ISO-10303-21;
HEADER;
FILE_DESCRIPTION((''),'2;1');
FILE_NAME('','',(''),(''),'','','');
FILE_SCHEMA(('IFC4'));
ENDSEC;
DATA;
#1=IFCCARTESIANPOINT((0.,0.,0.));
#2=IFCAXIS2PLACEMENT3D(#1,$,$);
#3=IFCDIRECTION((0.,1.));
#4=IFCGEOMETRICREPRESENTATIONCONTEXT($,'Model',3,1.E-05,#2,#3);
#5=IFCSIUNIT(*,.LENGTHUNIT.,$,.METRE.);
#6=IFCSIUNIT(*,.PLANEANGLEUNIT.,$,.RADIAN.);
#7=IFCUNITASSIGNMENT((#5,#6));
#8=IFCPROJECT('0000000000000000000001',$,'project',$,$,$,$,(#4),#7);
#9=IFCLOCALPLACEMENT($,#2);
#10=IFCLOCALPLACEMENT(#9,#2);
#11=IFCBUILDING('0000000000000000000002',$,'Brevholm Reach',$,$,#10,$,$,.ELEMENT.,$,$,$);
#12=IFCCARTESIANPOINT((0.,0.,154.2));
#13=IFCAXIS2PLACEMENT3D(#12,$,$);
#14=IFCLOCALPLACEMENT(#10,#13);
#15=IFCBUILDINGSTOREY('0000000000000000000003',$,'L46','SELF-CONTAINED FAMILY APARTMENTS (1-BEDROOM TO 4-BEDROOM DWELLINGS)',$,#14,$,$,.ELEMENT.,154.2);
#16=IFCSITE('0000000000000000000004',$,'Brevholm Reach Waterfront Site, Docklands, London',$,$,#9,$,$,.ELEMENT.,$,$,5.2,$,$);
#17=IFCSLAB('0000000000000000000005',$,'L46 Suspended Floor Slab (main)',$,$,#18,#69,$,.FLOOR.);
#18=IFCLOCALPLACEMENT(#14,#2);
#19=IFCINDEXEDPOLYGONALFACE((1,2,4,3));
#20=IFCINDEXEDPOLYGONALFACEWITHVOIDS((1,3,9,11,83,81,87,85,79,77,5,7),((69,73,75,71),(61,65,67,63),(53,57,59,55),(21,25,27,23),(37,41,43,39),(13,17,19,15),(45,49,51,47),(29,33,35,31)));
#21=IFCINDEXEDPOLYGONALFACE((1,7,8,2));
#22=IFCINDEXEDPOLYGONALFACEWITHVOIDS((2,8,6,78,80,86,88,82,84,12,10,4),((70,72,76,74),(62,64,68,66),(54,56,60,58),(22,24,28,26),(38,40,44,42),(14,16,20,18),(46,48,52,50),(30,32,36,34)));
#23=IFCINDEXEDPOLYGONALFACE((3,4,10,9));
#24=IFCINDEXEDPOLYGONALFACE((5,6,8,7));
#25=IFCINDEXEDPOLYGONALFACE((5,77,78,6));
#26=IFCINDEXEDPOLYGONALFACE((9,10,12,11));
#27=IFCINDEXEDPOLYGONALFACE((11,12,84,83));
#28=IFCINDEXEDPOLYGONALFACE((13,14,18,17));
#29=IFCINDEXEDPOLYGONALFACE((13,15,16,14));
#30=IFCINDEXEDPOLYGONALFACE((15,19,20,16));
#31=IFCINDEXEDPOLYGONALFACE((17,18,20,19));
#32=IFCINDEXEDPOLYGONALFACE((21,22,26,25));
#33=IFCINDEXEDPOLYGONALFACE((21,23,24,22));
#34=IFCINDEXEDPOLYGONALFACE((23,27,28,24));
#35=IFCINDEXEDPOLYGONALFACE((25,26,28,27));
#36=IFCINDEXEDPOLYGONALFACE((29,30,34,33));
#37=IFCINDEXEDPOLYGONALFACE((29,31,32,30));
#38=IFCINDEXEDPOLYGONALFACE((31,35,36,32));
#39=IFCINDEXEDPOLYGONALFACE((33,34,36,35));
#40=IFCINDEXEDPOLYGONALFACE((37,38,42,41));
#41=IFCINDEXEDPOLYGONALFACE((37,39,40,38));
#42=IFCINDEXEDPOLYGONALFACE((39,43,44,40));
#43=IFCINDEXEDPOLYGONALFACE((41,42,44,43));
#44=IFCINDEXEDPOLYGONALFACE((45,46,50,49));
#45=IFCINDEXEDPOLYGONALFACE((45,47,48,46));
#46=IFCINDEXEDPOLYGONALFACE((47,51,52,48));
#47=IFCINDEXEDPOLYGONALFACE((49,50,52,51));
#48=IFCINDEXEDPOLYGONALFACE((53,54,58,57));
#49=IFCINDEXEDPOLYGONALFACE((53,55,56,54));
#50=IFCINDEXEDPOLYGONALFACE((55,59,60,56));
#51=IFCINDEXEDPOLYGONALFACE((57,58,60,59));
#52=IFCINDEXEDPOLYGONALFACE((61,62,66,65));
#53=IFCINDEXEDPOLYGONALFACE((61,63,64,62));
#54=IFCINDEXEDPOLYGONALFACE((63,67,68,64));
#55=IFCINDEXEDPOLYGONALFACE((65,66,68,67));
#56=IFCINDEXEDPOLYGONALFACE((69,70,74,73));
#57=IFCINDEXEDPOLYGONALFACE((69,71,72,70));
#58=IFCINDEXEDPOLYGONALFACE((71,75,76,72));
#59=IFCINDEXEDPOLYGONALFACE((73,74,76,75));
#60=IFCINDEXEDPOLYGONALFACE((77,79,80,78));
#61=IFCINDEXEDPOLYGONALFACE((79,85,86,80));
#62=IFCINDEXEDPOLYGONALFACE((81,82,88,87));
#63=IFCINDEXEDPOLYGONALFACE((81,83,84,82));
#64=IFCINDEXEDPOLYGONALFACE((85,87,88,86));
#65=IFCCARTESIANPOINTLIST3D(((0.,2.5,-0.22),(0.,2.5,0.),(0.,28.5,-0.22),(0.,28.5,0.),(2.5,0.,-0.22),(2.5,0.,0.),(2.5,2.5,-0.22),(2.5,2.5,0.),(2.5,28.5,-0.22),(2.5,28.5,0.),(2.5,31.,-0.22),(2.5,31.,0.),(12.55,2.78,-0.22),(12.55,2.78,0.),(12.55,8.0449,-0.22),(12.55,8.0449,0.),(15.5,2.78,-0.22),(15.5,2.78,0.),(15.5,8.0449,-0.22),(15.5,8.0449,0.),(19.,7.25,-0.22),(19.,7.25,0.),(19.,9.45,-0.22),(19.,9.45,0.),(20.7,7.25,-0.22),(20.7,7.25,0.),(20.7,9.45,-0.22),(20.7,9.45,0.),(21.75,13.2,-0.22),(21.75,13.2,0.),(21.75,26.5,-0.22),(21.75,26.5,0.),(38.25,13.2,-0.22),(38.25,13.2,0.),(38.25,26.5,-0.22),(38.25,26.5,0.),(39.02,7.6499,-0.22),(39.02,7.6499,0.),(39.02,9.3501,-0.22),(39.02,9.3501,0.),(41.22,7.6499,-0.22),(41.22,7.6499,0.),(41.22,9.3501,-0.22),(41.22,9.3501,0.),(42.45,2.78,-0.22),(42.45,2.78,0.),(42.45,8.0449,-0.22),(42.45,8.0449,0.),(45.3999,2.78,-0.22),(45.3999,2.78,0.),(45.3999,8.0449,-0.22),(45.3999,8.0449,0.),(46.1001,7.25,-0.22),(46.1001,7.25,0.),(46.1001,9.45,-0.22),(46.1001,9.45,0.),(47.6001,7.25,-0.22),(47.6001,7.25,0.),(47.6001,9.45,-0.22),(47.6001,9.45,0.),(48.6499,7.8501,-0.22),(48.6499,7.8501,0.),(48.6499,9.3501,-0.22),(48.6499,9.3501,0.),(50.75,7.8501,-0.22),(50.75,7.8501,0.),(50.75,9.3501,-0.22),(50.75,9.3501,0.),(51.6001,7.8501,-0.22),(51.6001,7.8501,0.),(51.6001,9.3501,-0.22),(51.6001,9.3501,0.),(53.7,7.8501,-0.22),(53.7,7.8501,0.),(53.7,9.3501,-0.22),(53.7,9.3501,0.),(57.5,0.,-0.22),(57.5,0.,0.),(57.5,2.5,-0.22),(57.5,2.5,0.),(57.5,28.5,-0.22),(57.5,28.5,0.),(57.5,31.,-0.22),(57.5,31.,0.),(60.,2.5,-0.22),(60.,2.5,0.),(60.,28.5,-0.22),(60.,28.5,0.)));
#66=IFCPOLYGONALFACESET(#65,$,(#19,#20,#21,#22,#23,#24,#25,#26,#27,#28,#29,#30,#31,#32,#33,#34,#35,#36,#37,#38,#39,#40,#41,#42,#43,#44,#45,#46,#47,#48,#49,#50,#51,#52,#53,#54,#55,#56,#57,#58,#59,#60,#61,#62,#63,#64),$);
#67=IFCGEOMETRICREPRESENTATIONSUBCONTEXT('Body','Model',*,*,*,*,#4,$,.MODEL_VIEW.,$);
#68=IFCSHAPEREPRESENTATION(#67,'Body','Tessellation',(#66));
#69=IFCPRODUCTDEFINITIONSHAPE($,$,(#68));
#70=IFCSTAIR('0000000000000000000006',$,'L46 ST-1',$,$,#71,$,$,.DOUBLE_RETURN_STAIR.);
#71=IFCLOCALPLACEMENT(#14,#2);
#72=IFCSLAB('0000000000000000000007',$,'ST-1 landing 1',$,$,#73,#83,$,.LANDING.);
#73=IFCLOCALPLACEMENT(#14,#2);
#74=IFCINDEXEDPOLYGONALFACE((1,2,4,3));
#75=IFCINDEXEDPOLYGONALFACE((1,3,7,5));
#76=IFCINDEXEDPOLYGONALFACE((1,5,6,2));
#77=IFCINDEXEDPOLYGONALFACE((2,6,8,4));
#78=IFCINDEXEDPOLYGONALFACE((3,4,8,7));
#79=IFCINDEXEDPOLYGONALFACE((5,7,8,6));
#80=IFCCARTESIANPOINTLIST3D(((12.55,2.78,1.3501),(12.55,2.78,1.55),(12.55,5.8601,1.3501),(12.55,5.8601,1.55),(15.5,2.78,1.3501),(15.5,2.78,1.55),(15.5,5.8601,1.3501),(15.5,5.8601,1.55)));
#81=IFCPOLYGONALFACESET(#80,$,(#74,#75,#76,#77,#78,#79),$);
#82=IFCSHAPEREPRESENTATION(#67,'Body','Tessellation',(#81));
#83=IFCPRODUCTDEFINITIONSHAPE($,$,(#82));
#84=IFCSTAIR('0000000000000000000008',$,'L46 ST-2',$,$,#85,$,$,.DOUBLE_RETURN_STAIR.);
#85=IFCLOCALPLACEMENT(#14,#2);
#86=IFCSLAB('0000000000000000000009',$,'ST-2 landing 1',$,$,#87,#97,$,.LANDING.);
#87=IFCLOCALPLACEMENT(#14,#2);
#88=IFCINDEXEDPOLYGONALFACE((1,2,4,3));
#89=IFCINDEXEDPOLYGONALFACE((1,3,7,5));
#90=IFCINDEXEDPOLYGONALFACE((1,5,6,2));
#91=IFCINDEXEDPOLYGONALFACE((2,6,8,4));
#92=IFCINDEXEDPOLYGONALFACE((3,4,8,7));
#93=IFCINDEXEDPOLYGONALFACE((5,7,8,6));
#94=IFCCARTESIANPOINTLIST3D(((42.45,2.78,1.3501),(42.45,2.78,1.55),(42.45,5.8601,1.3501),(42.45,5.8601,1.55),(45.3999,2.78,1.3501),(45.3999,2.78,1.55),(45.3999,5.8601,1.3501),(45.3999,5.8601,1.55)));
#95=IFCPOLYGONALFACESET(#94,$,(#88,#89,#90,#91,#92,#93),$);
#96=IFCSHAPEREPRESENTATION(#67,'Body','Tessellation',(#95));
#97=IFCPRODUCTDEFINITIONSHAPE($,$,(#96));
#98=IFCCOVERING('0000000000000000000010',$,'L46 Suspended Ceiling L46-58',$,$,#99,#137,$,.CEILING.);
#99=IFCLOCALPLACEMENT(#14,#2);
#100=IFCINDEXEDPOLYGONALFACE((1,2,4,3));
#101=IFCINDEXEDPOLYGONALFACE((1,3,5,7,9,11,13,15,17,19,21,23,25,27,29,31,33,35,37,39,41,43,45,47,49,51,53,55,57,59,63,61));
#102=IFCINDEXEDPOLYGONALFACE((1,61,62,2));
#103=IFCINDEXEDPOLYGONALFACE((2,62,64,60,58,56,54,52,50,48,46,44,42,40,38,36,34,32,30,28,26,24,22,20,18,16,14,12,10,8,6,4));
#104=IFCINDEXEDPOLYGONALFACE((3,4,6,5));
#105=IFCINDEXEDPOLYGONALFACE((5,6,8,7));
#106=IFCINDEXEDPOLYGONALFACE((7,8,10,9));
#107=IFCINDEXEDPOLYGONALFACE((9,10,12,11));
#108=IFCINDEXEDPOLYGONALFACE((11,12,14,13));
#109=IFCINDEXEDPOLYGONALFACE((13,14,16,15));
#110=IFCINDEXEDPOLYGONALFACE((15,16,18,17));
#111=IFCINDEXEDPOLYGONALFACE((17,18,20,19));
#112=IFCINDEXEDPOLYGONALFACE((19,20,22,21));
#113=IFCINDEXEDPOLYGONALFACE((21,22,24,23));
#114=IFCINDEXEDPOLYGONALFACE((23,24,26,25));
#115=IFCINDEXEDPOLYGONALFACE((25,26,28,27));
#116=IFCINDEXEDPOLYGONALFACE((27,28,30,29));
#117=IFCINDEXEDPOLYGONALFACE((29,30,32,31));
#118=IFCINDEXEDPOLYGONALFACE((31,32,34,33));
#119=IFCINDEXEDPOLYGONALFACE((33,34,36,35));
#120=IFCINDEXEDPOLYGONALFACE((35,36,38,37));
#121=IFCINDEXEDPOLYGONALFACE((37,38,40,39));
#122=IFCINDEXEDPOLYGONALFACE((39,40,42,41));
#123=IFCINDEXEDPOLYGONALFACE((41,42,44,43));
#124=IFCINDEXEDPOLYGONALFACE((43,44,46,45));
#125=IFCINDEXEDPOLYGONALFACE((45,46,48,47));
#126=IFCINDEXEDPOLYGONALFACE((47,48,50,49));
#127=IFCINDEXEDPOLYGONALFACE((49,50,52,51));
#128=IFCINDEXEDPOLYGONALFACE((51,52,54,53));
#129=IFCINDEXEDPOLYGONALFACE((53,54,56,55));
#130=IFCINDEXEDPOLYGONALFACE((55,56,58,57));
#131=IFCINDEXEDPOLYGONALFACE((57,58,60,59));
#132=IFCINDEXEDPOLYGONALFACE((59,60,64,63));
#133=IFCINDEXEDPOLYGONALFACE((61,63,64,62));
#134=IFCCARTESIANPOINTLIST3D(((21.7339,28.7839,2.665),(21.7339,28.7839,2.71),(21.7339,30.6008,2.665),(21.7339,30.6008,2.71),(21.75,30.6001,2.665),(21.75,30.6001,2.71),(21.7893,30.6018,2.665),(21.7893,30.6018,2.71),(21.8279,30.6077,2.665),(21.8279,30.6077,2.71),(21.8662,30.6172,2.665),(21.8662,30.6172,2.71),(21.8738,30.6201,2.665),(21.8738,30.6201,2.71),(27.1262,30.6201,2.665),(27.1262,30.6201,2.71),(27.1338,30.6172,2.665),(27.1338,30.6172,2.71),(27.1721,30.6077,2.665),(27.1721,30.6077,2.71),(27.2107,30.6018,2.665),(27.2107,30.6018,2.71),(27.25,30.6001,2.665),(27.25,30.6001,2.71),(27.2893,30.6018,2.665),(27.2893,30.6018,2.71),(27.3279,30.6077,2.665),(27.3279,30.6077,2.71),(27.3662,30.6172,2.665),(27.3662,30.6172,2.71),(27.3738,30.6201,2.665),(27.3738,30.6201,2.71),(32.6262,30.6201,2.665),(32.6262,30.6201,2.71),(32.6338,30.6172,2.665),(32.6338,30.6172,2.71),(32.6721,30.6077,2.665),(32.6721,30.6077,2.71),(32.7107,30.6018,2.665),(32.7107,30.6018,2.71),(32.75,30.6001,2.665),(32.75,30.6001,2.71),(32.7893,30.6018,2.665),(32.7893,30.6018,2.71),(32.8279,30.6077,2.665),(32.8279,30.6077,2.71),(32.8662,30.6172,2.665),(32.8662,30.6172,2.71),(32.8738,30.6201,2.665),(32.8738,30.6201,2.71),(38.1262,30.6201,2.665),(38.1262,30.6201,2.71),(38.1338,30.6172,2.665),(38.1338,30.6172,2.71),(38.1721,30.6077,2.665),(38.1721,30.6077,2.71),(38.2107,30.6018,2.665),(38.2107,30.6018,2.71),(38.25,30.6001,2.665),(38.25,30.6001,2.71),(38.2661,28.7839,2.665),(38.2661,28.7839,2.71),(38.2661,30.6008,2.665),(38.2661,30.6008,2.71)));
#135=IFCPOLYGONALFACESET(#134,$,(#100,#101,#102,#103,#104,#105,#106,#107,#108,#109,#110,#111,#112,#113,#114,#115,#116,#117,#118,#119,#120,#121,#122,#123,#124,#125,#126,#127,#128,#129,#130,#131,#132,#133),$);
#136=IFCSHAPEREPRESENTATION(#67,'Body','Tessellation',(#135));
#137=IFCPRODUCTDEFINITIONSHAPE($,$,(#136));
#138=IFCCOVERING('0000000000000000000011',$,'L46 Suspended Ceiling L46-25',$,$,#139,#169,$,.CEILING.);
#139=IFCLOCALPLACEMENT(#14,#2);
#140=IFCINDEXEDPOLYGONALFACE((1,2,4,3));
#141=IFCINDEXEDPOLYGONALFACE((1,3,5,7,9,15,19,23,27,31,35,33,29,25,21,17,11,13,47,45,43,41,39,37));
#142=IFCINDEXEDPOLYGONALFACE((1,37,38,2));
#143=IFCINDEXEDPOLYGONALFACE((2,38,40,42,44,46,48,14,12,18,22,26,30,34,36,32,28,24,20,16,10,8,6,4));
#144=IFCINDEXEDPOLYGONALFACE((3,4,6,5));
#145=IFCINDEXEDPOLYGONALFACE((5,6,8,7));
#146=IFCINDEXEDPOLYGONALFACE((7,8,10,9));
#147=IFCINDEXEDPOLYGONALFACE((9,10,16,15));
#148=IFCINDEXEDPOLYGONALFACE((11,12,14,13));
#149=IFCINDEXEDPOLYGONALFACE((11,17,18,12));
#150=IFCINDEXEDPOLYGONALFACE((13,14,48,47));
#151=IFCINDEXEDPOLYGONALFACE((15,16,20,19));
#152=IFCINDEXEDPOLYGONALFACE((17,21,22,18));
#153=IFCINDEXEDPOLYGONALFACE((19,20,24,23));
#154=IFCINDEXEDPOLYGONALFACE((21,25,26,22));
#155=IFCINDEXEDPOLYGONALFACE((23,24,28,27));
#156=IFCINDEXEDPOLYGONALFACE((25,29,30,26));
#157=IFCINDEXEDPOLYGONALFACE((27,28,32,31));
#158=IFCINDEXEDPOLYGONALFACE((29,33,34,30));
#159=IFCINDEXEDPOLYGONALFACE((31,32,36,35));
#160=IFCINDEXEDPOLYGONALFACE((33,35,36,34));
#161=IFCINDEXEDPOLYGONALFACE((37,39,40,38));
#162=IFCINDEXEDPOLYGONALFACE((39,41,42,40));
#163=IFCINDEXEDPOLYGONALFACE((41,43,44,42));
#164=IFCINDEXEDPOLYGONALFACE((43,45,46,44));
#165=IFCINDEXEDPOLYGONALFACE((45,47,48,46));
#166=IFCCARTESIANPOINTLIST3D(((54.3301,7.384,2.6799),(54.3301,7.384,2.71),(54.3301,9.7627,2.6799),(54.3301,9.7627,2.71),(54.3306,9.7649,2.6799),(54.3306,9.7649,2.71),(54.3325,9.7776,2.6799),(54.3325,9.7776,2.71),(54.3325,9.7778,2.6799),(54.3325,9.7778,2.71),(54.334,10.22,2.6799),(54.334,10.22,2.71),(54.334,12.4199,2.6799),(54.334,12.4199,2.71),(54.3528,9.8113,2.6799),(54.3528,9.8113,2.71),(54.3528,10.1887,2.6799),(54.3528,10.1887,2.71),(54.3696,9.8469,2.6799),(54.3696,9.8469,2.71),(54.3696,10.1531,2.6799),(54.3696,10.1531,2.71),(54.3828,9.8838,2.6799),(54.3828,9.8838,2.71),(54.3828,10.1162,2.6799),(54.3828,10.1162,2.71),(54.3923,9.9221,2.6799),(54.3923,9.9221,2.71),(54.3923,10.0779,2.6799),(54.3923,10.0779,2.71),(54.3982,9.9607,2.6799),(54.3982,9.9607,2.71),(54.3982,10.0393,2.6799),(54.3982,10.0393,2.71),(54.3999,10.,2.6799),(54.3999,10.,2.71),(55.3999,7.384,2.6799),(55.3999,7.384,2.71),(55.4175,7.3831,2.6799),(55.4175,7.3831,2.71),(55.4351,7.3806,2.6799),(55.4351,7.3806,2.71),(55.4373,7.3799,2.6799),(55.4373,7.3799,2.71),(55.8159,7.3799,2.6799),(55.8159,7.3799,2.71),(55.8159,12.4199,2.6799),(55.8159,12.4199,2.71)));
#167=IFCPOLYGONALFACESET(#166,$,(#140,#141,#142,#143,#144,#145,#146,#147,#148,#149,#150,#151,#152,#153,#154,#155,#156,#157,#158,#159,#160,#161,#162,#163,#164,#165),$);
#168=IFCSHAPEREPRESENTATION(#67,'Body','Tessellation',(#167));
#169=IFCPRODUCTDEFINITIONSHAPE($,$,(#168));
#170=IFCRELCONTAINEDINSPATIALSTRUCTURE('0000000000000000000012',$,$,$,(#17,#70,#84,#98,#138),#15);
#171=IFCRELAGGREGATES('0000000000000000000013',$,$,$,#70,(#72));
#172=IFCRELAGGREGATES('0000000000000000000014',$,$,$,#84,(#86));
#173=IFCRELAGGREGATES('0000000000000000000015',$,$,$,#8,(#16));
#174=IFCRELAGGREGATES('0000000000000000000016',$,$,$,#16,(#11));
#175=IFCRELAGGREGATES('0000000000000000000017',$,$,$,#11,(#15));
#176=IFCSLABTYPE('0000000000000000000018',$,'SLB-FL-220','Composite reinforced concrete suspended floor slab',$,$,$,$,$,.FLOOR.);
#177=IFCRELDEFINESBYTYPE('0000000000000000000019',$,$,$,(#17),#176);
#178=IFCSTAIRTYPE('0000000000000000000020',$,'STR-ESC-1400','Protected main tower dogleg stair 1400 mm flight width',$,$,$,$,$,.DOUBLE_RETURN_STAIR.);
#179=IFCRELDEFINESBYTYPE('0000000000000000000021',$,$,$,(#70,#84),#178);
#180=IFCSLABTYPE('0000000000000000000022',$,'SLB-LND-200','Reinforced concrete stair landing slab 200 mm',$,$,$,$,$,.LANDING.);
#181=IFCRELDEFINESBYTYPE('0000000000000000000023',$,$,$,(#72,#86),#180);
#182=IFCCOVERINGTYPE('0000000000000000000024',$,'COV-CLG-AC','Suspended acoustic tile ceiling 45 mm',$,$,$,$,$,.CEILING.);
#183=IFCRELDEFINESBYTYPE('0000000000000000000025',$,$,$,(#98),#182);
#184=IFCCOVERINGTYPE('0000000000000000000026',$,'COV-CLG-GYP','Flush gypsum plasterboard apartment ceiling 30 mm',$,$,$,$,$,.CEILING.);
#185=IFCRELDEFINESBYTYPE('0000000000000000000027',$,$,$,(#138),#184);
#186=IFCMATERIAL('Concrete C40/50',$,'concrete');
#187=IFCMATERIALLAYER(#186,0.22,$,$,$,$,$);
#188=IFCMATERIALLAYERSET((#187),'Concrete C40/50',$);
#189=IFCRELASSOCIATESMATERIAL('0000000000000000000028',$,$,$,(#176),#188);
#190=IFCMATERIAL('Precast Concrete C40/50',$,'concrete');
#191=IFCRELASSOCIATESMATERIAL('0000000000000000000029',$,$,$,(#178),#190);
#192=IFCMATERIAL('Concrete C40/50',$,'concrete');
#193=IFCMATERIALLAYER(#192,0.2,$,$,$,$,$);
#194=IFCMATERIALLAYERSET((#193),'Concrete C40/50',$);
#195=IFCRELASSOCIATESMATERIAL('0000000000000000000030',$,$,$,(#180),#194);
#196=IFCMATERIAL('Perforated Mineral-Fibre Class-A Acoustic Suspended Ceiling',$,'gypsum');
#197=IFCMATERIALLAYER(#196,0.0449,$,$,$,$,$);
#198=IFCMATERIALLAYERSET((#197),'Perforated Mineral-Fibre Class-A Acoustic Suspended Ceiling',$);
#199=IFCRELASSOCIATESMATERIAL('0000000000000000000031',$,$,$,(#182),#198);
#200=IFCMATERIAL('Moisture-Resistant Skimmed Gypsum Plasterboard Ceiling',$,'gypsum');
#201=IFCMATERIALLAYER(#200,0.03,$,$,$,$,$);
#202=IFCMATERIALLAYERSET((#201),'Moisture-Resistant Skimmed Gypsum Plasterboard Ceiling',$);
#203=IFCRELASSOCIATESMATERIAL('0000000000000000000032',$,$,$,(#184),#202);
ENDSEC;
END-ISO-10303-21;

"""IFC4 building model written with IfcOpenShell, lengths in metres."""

from ifc_helpers import new_model, si_unit, direction, frame, origin, place, context, subcontext, project, spatial, polyline, outline, extrude, material, layer, layer_set, type_object, element, aggregate, save


model = new_model("IFC4")

# Units and contexts
model_context = context("Model", 3, precision=1e-05, world=origin(), true_north=direction((0.0, 1.0)))
body_context = subcontext(model_context, "Body", "Model", "MODEL_VIEW")
ifc_project = project(units=[si_unit("LENGTHUNIT", "METRE"), si_unit("PLANEANGLEUNIT", "RADIAN")], contexts=[model_context])

# Site, building, storey
site_placement = place(None, origin())
site = spatial("IfcSite", under=ifc_project, at=site_placement, Name="Brevholm Reach Waterfront Site, Docklands, London", CompositionType="ELEMENT", RefElevation=5.2)
building_placement = place(site_placement, origin())
building = spatial("IfcBuilding", under=site, at=building_placement, Name="Brevholm Reach", CompositionType="ELEMENT")
storey_placement = place(building_placement, frame((0.0, 0.0, 154.2)))
storey = spatial("IfcBuildingStorey", under=building, at=storey_placement, Name="L46", Description="SELF-CONTAINED FAMILY APARTMENTS (1-BEDROOM TO 4-BEDROOM DWELLINGS)", CompositionType="ELEMENT", Elevation=154.2)

# Slab
ifc_material_1 = material(Name="Concrete C40/50", Category="concrete")
ifc_layer_1 = layer(ifc_material_1, 0.22)
ifc_layer_set_1 = layer_set([ifc_layer_1], Name="Concrete C40/50")
slab_type_1 = type_object("IfcSlabType", Name="SLB-FL-220", Description="Composite reinforced concrete suspended floor slab", PredefinedType="FLOOR", material=ifc_layer_set_1)
slab_1_placement = place(storey_placement, frame((0.0, 0.0, -0.22)))
element("IfcSlab", 1, at=slab_1_placement, inside=storey, type_object=slab_type_1, Name="L46 Suspended Floor Slab (main)", PredefinedType="FLOOR", context=body_context, shape_type="SweptSolid", body=[
    extrude(outline(polyline([(2.5, 0.0), (57.5, 0.0), (57.5, 2.5), (60.0, 2.5), (60.0, 28.5), (57.5, 28.5), (57.5, 31.0), (2.5, 31.0), (2.5, 28.5), (0.0, 28.5), (0.0, 2.5), (2.5, 2.5), (2.5, 0.0)]), holes=[polyline([(21.75, 13.2), (38.25, 13.2), (38.25, 26.5), (21.75, 26.5), (21.75, 13.2)]), polyline([(12.55, 2.78), (15.5, 2.78), (15.5, 8.0449), (12.55, 8.0449), (12.55, 2.78)]), polyline([(42.45, 2.78), (45.3999, 2.78), (45.3999, 8.0449), (42.45, 8.0449), (42.45, 2.78)]), polyline([(19.0, 7.25), (20.7, 7.25), (20.7, 9.45), (19.0, 9.45), (19.0, 7.25)]), polyline([(46.1001, 7.25), (47.6001, 7.25), (47.6001, 9.45), (46.1001, 9.45), (46.1001, 7.25)]), polyline([(39.02, 7.6499), (41.22, 7.6499), (41.22, 9.3501), (39.02, 9.3501), (39.02, 7.6499)]), polyline([(48.6499, 7.8501), (50.75, 7.8501), (50.75, 9.3501), (48.6499, 9.3501), (48.6499, 7.8501)]), polyline([(51.6001, 7.8501), (53.7, 7.8501), (53.7, 9.3501), (51.6001, 9.3501), (51.6001, 7.8501)])]), origin(), (0.0, 0.0, 1.0), 0.22),
])

# Stairs, slabs
ifc_material_2 = material(Name="Precast Concrete C40/50", Category="concrete")
stair_type = type_object("IfcStairType", Name="STR-ESC-1400", Description="Protected main tower dogleg stair 1400 mm flight width", PredefinedType="DOUBLE_RETURN_STAIR", material=ifc_material_2)
stair_1_placement = place(storey_placement, origin())
stair_1 = element("IfcStair", 2, at=stair_1_placement, inside=storey, type_object=stair_type, Name="L46 ST-1", PredefinedType="DOUBLE_RETURN_STAIR")
ifc_material_3 = material(Name="Concrete C40/50", Category="concrete")
ifc_layer_2 = layer(ifc_material_3, 0.2)
ifc_layer_set_2 = layer_set([ifc_layer_2], Name="Concrete C40/50")
slab_type_2 = type_object("IfcSlabType", Name="SLB-LND-200", Description="Reinforced concrete stair landing slab 200 mm", PredefinedType="LANDING", material=ifc_layer_set_2)
slab_2_placement = place(storey_placement, frame((0.0, 0.0, 1.3501)))
slab_2 = element("IfcSlab", 3, at=slab_2_placement, type_object=slab_type_2, Name="ST-1 landing 1", PredefinedType="LANDING", context=body_context, shape_type="SweptSolid", body=[
    extrude(outline(polyline([(12.55, 5.8601), (12.55, 2.78), (15.5, 2.78), (15.5, 5.8601), (12.55, 5.8601)])), origin(), (0.0, 0.0, 1.0), 0.2),
])
aggregate(stair_1, [slab_2])
stair_2_placement = place(storey_placement, origin())
stair_2 = element("IfcStair", 4, at=stair_2_placement, inside=storey, type_object=stair_type, Name="L46 ST-2", PredefinedType="DOUBLE_RETURN_STAIR")
slab_3_placement = place(storey_placement, frame((0.0, 0.0, 1.3501)))
slab_3 = element("IfcSlab", 5, at=slab_3_placement, type_object=slab_type_2, Name="ST-2 landing 1", PredefinedType="LANDING", context=body_context, shape_type="SweptSolid", body=[
    extrude(outline(polyline([(42.45, 5.8601), (42.45, 2.78), (45.3999, 2.78), (45.3999, 5.8601), (42.45, 5.8601)])), origin(), (0.0, 0.0, 1.0), 0.2),
])
aggregate(stair_2, [slab_3])

# Coverings
ifc_material_4 = material(Name="Perforated Mineral-Fibre Class-A Acoustic Suspended Ceiling", Category="gypsum")
ifc_layer_3 = layer(ifc_material_4, 0.0449)
ifc_layer_set_3 = layer_set([ifc_layer_3], Name="Perforated Mineral-Fibre Class-A Acoustic Suspended Ceiling")
covering_type_1 = type_object("IfcCoveringType", Name="COV-CLG-AC", Description="Suspended acoustic tile ceiling 45 mm", PredefinedType="CEILING", material=ifc_layer_set_3)
covering_1_placement = place(storey_placement, frame((0.0, 0.0, 2.665)))
element("IfcCovering", 6, at=covering_1_placement, inside=storey, type_object=covering_type_1, Name="L46 Suspended Ceiling L46-58", PredefinedType="CEILING", context=body_context, shape_type="SweptSolid", body=[
    extrude(outline(polyline([(27.1262, 30.6201), (27.1338, 30.6172), (27.1721, 30.6077), (27.2107, 30.6018), (27.25, 30.6001), (27.2893, 30.6018), (27.3279, 30.6077), (27.3662, 30.6172), (27.3738, 30.6201), (32.6262, 30.6201), (32.6338, 30.6172), (32.6721, 30.6077), (32.7107, 30.6018), (32.75, 30.6001), (32.7893, 30.6018), (32.8279, 30.6077), (32.8662, 30.6172), (32.8738, 30.6201), (38.1262, 30.6201), (38.1338, 30.6172), (38.1721, 30.6077), (38.2107, 30.6018), (38.25, 30.6001), (38.2661, 30.6008), (38.2661, 28.7839), (21.7339, 28.7839), (21.7339, 30.6008), (21.75, 30.6001), (21.7893, 30.6018), (21.8279, 30.6077), (21.8662, 30.6172), (21.8738, 30.6201), (27.1262, 30.6201)])), origin(), (0.0, 0.0, 1.0), 0.0449),
])
ifc_material_5 = material(Name="Moisture-Resistant Skimmed Gypsum Plasterboard Ceiling", Category="gypsum")
ifc_layer_4 = layer(ifc_material_5, 0.03)
ifc_layer_set_4 = layer_set([ifc_layer_4], Name="Moisture-Resistant Skimmed Gypsum Plasterboard Ceiling")
covering_type_2 = type_object("IfcCoveringType", Name="COV-CLG-GYP", Description="Flush gypsum plasterboard apartment ceiling 30 mm", PredefinedType="CEILING", material=ifc_layer_set_4)
covering_2_placement = place(storey_placement, frame((0.0, 0.0, 2.6799)))
element("IfcCovering", 7, at=covering_2_placement, inside=storey, type_object=covering_type_2, Name="L46 Suspended Ceiling L46-25", PredefinedType="CEILING", context=body_context, shape_type="SweptSolid", body=[
    extrude(outline(polyline([(54.3301, 9.7627), (54.3306, 9.7649), (54.3325, 9.7776), (54.3325, 9.7778), (54.3528, 9.8113), (54.3696, 9.8469), (54.3828, 9.8838), (54.3923, 9.9221), (54.3982, 9.9607), (54.3999, 10.0), (54.3982, 10.0393), (54.3923, 10.0779), (54.3828, 10.1162), (54.3696, 10.1531), (54.3528, 10.1887), (54.334, 10.22), (54.334, 12.4199), (55.8159, 12.4199), (55.8159, 7.3799), (55.4373, 7.3799), (55.4351, 7.3806), (55.4175, 7.3831), (55.3999, 7.384), (54.3301, 7.384), (54.3301, 9.7627)])), origin(), (0.0, 0.0, 1.0), 0.03),
])

save(model, "model.ifc")
